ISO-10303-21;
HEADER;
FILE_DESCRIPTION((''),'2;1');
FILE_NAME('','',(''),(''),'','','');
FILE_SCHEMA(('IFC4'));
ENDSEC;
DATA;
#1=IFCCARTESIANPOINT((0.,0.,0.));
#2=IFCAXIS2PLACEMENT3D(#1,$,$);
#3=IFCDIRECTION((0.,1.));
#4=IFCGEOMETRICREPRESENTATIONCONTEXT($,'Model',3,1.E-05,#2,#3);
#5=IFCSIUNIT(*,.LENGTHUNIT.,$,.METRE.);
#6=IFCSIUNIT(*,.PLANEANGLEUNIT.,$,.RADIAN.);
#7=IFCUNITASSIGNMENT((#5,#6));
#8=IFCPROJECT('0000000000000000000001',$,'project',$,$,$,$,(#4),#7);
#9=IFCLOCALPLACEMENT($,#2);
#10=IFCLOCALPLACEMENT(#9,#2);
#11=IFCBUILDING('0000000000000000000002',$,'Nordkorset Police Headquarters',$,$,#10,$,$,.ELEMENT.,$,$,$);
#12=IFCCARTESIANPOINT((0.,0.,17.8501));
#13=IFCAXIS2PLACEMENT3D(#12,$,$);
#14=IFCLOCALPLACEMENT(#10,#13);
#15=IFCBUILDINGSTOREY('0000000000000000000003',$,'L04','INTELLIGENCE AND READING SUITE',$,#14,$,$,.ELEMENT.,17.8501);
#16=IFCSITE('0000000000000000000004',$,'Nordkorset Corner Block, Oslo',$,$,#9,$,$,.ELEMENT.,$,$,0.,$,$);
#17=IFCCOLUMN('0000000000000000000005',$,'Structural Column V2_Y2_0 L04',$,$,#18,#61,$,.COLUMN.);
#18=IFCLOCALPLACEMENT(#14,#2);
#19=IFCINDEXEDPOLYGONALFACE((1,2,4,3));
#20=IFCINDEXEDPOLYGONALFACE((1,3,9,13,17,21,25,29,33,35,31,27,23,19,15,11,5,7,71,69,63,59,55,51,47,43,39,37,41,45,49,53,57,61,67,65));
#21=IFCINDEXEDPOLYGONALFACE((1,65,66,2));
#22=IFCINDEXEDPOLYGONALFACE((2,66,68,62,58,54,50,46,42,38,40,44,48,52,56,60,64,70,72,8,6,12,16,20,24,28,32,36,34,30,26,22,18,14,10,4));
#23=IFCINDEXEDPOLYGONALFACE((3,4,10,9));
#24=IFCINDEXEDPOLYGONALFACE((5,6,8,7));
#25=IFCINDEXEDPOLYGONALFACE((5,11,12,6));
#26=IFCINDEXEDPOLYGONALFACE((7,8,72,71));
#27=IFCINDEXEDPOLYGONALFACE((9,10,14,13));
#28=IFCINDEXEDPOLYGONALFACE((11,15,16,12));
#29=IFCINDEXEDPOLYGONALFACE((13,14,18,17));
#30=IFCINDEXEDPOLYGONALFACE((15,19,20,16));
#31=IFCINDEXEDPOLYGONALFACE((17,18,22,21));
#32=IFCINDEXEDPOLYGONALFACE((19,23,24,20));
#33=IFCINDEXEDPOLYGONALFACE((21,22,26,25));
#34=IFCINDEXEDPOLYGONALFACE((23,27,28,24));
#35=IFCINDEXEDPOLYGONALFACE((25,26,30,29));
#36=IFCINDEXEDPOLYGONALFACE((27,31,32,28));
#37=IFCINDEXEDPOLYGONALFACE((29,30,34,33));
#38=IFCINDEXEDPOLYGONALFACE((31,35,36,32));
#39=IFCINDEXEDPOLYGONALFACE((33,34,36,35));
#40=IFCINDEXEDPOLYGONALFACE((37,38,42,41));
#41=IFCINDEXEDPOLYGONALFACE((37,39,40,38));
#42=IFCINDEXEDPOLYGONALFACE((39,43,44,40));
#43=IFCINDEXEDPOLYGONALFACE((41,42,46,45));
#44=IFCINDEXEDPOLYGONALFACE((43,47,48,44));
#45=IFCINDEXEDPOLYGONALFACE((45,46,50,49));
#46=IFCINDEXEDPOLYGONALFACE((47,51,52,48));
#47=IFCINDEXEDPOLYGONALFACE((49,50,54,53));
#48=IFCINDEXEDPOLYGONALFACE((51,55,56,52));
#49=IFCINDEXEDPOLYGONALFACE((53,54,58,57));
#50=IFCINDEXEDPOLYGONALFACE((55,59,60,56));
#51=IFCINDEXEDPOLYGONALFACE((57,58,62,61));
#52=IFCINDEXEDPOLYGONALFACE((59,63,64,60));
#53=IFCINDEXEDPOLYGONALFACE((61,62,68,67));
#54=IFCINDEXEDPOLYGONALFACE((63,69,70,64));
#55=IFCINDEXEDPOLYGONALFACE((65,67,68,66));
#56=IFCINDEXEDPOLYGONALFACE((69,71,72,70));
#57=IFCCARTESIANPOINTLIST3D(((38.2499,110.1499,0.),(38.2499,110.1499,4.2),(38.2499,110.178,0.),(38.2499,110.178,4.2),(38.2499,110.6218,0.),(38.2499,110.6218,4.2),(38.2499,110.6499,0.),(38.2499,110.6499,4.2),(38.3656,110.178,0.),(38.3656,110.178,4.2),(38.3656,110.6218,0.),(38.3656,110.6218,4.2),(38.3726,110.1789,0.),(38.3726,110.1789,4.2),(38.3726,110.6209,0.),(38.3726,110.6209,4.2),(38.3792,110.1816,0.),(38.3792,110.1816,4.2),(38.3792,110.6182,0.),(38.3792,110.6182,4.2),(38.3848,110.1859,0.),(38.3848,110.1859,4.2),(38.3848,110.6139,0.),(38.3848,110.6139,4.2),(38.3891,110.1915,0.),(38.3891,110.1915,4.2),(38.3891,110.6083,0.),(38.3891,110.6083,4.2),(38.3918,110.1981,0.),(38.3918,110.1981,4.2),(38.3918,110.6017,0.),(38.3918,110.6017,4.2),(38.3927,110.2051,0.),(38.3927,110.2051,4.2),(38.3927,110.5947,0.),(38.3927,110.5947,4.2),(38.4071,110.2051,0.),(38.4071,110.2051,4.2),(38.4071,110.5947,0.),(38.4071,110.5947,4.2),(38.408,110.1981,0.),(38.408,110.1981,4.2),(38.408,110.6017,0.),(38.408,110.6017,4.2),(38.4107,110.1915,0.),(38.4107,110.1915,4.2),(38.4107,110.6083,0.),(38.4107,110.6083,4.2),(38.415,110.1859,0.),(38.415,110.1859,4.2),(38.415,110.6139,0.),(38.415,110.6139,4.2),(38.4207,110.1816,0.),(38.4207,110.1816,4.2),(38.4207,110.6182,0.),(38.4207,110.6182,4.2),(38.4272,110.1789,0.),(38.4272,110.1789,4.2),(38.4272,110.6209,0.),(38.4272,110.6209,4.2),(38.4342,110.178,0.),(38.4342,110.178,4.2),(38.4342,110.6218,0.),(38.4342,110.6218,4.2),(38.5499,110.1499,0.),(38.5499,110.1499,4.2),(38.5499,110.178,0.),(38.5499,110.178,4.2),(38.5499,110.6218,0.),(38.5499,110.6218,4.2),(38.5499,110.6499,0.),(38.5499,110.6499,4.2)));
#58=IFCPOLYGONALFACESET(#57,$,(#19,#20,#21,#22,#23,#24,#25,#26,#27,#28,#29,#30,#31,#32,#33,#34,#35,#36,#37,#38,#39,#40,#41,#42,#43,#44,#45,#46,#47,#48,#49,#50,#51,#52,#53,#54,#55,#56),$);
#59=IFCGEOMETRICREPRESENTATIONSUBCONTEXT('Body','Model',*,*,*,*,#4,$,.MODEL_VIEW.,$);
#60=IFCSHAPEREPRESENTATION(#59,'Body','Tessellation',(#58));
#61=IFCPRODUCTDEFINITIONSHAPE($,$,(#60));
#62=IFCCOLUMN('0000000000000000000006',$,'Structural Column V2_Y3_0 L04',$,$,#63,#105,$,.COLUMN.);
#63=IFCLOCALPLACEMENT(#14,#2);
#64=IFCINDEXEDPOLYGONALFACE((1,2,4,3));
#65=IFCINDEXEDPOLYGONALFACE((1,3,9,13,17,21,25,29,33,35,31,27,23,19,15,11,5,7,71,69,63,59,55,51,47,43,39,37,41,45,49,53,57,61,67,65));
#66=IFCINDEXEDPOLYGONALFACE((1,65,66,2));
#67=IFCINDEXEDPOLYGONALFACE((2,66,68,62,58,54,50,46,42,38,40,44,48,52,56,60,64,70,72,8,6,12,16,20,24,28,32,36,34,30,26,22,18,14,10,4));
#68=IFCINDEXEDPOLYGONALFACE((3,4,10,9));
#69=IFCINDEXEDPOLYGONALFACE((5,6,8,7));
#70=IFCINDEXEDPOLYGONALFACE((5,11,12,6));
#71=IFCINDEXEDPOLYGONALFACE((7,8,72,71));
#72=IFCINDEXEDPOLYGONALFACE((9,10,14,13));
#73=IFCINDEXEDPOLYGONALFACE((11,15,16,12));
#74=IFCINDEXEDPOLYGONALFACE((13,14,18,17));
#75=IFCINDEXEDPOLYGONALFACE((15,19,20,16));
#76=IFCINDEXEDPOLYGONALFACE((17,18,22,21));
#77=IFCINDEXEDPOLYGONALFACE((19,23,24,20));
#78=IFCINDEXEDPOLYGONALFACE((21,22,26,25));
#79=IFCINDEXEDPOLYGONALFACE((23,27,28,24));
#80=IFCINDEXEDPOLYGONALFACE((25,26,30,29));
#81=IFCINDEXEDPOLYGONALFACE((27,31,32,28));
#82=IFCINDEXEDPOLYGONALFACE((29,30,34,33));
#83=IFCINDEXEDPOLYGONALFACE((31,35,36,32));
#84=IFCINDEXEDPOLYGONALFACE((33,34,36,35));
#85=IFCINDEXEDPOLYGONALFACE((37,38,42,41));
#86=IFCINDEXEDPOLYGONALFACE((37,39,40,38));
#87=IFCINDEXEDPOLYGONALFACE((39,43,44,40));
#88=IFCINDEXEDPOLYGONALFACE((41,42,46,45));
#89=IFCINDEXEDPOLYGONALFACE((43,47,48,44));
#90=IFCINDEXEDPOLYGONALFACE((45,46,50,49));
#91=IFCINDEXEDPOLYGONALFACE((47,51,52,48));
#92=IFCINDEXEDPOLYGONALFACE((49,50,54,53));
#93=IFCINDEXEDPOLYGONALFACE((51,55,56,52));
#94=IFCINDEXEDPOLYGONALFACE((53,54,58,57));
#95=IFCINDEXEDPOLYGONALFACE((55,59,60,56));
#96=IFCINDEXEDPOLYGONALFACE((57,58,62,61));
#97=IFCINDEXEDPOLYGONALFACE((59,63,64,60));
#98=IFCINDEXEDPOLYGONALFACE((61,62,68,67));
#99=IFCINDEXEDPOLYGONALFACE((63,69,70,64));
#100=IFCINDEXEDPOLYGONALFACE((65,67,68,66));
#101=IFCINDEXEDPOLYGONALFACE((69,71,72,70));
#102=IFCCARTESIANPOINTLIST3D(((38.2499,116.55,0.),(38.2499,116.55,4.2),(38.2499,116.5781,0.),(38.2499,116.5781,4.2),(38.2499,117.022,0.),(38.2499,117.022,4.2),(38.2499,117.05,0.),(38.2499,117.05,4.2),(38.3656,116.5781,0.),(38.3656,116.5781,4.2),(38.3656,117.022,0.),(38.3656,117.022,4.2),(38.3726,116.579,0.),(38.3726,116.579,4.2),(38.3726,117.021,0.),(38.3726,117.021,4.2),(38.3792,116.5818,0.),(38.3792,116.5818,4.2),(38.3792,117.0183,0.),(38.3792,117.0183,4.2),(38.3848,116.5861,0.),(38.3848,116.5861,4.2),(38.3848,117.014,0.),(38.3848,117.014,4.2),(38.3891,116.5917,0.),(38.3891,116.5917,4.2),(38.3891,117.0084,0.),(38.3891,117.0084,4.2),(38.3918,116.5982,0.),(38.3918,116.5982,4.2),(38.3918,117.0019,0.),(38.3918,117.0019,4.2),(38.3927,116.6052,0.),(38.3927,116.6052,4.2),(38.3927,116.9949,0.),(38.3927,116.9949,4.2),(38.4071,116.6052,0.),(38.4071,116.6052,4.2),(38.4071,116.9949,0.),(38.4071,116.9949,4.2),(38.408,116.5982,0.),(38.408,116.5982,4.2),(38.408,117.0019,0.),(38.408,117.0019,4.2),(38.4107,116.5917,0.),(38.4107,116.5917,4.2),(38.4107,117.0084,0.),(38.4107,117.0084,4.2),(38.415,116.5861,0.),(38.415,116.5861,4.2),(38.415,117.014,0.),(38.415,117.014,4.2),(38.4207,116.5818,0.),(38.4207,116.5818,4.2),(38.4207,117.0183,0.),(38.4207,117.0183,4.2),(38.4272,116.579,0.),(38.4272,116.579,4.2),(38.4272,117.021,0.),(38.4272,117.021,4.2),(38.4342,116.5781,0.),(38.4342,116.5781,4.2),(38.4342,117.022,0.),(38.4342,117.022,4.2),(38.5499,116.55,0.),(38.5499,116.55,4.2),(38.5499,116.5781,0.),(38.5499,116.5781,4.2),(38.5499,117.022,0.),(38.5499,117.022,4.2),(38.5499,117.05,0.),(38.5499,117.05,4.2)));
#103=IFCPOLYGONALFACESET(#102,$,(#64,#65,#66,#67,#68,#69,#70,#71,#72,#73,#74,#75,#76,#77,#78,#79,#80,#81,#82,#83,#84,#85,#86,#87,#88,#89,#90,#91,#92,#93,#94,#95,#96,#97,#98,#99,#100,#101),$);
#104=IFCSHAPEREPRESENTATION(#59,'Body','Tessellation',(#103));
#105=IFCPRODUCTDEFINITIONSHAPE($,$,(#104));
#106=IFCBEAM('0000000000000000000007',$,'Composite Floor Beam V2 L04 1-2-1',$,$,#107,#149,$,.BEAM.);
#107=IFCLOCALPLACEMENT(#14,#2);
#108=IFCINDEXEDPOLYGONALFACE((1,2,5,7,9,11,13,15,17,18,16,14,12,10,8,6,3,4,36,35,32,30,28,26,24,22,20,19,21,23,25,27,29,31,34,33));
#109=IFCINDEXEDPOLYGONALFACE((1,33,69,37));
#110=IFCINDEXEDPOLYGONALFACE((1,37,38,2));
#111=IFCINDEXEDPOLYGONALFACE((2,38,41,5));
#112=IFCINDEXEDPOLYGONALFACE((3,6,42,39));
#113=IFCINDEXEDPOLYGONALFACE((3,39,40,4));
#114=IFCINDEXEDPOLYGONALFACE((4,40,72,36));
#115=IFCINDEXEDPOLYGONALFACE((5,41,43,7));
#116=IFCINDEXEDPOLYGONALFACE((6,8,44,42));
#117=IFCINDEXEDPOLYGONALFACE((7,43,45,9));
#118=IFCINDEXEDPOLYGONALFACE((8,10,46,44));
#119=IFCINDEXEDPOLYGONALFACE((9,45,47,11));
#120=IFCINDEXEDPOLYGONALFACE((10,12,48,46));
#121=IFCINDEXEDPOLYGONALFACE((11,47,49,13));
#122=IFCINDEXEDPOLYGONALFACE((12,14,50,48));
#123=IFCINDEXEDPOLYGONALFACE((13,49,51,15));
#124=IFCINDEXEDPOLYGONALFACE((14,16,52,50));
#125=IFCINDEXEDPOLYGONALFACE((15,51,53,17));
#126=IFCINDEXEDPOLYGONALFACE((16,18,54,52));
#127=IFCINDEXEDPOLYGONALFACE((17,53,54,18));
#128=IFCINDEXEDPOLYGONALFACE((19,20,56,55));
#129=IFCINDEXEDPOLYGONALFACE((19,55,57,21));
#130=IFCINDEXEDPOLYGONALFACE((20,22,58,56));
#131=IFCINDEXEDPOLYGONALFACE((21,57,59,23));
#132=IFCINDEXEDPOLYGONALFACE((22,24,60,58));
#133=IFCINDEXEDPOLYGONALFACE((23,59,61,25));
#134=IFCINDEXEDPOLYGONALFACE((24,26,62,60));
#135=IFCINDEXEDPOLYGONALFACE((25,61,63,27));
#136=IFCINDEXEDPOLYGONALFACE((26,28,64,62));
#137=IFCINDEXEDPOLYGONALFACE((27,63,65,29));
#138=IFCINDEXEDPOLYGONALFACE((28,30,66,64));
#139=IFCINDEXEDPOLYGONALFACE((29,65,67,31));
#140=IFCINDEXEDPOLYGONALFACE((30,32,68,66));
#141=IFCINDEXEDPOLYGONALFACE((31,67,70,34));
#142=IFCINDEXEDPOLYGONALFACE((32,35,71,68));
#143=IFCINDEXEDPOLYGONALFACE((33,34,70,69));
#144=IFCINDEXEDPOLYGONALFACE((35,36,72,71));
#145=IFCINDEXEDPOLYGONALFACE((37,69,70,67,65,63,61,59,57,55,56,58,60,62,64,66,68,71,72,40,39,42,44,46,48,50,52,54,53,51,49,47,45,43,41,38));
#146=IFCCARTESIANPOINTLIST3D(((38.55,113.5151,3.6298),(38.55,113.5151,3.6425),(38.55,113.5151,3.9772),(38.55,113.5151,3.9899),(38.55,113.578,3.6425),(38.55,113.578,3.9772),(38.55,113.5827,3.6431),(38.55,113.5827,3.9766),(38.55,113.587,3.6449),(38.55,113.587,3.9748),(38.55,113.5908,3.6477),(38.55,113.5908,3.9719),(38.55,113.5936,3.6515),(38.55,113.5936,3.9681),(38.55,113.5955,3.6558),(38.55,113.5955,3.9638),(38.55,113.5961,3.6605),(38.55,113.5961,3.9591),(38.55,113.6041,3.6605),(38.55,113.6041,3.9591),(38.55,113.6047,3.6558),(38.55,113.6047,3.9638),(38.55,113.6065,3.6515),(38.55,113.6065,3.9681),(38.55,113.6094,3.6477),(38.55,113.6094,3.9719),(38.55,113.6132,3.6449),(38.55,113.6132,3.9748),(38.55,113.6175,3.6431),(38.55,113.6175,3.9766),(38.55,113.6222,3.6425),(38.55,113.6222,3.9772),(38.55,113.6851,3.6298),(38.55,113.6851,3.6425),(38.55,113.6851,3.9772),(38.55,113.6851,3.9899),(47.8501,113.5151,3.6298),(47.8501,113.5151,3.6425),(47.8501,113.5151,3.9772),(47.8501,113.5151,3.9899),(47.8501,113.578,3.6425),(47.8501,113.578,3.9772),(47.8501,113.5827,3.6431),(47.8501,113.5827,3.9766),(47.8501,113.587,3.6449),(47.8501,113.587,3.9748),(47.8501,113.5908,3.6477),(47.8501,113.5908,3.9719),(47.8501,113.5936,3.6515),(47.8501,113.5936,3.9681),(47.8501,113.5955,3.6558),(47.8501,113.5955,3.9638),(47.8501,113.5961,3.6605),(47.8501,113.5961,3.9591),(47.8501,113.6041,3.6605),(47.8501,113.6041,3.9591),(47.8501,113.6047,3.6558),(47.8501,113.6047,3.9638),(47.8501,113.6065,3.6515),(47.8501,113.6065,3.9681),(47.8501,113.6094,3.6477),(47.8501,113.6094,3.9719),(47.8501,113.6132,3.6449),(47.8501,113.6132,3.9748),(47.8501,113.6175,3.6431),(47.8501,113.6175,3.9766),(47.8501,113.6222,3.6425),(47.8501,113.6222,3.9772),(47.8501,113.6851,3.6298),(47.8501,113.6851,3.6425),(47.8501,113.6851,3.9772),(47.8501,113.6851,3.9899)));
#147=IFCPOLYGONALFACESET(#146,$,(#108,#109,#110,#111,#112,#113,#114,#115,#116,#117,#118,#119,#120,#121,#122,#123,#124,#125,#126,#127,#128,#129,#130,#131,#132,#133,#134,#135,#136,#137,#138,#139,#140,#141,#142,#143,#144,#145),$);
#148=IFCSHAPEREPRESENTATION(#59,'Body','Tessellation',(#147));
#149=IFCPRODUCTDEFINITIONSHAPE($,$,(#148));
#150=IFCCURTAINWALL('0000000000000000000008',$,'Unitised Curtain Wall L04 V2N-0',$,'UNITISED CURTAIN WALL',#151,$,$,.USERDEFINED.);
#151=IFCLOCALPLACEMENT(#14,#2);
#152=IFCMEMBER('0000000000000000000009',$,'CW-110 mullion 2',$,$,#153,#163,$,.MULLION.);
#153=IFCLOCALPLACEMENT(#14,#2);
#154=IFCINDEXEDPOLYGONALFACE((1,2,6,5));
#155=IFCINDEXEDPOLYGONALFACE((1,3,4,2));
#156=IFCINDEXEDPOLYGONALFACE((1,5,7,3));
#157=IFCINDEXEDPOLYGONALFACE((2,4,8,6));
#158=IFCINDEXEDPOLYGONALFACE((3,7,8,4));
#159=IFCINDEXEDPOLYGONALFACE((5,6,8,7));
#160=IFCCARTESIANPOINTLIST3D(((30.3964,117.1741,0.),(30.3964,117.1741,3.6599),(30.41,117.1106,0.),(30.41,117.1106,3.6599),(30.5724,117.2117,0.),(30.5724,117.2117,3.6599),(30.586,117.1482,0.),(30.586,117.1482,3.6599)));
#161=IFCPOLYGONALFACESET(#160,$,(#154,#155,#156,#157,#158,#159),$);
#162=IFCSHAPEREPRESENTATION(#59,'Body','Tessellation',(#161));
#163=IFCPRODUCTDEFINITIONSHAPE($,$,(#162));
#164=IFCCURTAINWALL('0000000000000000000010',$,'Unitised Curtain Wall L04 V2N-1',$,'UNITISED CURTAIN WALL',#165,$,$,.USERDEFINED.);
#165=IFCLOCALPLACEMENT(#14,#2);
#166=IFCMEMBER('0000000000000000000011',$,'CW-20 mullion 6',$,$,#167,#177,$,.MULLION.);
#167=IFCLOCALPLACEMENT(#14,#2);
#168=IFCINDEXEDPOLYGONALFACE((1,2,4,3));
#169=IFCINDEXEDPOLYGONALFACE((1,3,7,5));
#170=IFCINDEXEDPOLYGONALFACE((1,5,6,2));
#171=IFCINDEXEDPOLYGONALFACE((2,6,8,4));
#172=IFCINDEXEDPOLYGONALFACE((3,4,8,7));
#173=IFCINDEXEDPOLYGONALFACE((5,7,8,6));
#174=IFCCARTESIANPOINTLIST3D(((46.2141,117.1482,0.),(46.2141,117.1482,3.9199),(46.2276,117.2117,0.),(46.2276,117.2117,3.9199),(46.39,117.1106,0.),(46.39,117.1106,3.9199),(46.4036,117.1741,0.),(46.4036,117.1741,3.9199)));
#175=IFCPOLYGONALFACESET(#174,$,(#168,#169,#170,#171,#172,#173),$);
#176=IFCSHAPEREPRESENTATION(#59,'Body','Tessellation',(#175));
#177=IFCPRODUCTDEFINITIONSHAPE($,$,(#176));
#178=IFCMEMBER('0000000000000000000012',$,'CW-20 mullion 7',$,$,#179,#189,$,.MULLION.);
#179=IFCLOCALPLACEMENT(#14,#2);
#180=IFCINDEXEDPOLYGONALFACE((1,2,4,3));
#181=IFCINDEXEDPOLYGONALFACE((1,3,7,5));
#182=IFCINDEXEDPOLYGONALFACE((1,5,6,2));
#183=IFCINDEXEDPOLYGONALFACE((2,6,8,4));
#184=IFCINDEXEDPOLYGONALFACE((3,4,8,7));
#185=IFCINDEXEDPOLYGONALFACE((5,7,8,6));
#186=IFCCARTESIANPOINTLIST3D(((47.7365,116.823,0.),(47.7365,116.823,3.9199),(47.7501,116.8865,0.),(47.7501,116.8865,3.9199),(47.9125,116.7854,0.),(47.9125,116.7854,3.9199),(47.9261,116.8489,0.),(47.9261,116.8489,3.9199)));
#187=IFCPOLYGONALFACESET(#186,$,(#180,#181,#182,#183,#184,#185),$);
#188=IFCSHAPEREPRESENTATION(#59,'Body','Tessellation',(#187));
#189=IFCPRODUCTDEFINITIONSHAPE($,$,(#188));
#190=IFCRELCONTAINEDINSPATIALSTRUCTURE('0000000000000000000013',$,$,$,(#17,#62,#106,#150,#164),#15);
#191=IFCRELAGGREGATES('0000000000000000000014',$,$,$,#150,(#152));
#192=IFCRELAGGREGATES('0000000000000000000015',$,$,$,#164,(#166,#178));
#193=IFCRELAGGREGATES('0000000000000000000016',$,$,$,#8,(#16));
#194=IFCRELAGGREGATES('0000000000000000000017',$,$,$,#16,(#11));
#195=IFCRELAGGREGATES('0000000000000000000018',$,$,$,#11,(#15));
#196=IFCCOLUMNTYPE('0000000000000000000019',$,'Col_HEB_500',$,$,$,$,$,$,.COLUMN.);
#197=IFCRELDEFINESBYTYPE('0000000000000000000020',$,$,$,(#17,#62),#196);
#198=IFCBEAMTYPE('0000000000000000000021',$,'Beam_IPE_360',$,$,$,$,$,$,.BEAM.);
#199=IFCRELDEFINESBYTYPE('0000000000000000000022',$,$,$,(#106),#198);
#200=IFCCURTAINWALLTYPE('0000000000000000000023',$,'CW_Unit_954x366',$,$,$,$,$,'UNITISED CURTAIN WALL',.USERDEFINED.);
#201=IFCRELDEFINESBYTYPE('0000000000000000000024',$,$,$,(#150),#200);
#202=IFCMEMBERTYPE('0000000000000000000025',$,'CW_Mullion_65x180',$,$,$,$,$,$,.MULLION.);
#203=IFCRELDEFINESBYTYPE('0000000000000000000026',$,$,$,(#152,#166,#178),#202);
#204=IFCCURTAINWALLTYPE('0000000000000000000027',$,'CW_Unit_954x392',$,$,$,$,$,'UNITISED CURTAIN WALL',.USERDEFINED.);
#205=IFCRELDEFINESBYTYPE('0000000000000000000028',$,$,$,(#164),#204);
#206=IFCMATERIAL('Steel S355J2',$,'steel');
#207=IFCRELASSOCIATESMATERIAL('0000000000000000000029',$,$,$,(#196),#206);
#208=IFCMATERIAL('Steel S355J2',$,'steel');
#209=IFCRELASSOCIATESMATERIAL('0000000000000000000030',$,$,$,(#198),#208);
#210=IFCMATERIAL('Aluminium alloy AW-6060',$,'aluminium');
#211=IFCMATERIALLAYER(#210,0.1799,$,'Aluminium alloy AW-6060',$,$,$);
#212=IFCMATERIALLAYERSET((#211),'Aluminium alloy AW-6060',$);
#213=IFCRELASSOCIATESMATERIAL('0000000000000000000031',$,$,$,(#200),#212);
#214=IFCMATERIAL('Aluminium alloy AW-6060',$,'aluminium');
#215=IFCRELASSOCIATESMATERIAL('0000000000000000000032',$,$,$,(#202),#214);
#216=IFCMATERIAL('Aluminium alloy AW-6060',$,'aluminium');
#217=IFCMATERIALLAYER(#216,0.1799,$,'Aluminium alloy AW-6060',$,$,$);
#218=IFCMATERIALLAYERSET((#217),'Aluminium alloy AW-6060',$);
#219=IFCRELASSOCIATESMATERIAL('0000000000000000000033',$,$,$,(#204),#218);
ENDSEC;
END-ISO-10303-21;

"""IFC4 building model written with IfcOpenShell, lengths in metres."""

from ifc_helpers import new_model, si_unit, direction, frame, origin, origin_2d, place, context, subcontext, project, spatial, rectangle, i_section, extrude, material, layer, layer_set, material_profile, profile_set, type_object, element, aggregate, save


model = new_model("IFC4")

# Units and contexts
model_context = context("Model", 3, precision=1e-05, world=origin(), true_north=direction((0.0, 1.0)))
body_context = subcontext(model_context, "Body", "Model", "MODEL_VIEW")
ifc_project = project(units=[si_unit("LENGTHUNIT", "METRE"), si_unit("PLANEANGLEUNIT", "RADIAN")], contexts=[model_context])

# Site, building, storey
site_placement = place(None, origin())
site = spatial("IfcSite", under=ifc_project, at=site_placement, Name="Nordkorset Corner Block, Oslo", CompositionType="ELEMENT", RefElevation=0.0)
building_placement = place(site_placement, origin())
building = spatial("IfcBuilding", under=site, at=building_placement, Name="Nordkorset Police Headquarters", CompositionType="ELEMENT")
storey_placement = place(building_placement, frame((0.0, 0.0, 17.8501)))
storey = spatial("IfcBuildingStorey", under=building, at=storey_placement, Name="L04", Description="INTELLIGENCE AND READING SUITE", CompositionType="ELEMENT", Elevation=17.8501)

# Columns
ifc_material_1 = material(Name="Steel S355J2", Category="steel")
ifc_material_profile_1 = material_profile(ifc_material_1, i_section(OverallWidth=0.3, OverallDepth=0.5, WebThickness=0.0144, FlangeThickness=0.0281, FilletRadius=0.0271, at=origin_2d()), Name="HEB 500")
ifc_profile_set_1 = profile_set([ifc_material_profile_1], Name="Steel S355J2")
column_type = type_object("IfcColumnType", Name="Col_HEB_500", PredefinedType="COLUMN", material=ifc_profile_set_1)
for number, where, z_axis, x_axis, name in (
    (1, (38.3999, 110.3999, 0.0), (0.0, 0.0, 1.0), (1.0, 0.0, 0.0), "Structural Column V2_Y2_0 L04"),
    (2, (38.3999, 116.8, 0.0), (0.0, 0.0, 1.0), (1.0, 0.0, 0.0), "Structural Column V2_Y3_0 L04"),
):
    element("IfcColumn", number, at=place(storey_placement, frame(where, z_axis=z_axis, x_axis=x_axis)), inside=storey, type_object=column_type, Name=name, PredefinedType="COLUMN", context=body_context, shape_type="SweptSolid", body=[
        extrude(i_section(OverallWidth=0.3, OverallDepth=0.5, WebThickness=0.0144, FlangeThickness=0.0281, FilletRadius=0.0271, at=origin_2d()), origin(), (0.0, 0.0, 1.0), 4.2),
    ])

# Beam
ifc_material_2 = material(Name="Steel S355J2", Category="steel")
ifc_material_profile_2 = material_profile(ifc_material_2, i_section(OverallWidth=0.1699, OverallDepth=0.3601, WebThickness=0.0081, FlangeThickness=0.0127, FilletRadius=0.0181, at=origin_2d()), Name="IPE 360")
ifc_profile_set_2 = profile_set([ifc_material_profile_2], Name="Steel S355J2")
beam_type_1 = type_object("IfcBeamType", Name="Beam_IPE_360", PredefinedType="BEAM", material=ifc_profile_set_2)
beam_1_placement = place(storey_placement, frame((38.55, 113.6001, 3.8098), z_axis=(1.0, 0.0, 0.0), x_axis=(0.0, 1.0, 0.0)))
element("IfcBeam", 3, at=beam_1_placement, inside=storey, type_object=beam_type_1, Name="Composite Floor Beam V2 L04 1-2-1", PredefinedType="BEAM", context=body_context, shape_type="SweptSolid", body=[
    extrude(i_section(OverallWidth=0.1699, OverallDepth=0.3601, WebThickness=0.0081, FlangeThickness=0.0127, FilletRadius=0.0181, at=origin_2d()), origin(), (0.0, 0.0, 1.0), 9.3),
])

# Curtain wall, member
ifc_material_3 = material(Name="Aluminium alloy AW-6060", Category="aluminium")
ifc_layer_1 = layer(ifc_material_3, 0.1799, Name="Aluminium alloy AW-6060")
ifc_layer_set_1 = layer_set([ifc_layer_1], Name="Aluminium alloy AW-6060")
curtain_wall_type_1 = type_object("IfcCurtainWallType", Name="CW_Unit_954x366", ElementType="UNITISED CURTAIN WALL", PredefinedType="USERDEFINED", material=ifc_layer_set_1)
curtain_wall_1_placement = place(storey_placement, origin())
curtain_wall_1 = element("IfcCurtainWall", 4, at=curtain_wall_1_placement, inside=storey, type_object=curtain_wall_type_1, Name="Unitised Curtain Wall L04 V2N-0", ObjectType="UNITISED CURTAIN WALL", PredefinedType="USERDEFINED")
ifc_material_4 = material(Name="Aluminium alloy AW-6060", Category="aluminium")
ifc_material_profile_3 = material_profile(ifc_material_4, rectangle(XDim=0.0649, YDim=0.1799, at=origin_2d()), Name="ALU MULL 65x180")
ifc_profile_set_3 = profile_set([ifc_material_profile_3], Name="Aluminium alloy AW-6060")
member_type_1 = type_object("IfcMemberType", Name="CW_Mullion_65x180", PredefinedType="MULLION", material=ifc_profile_set_3)
member_1_placement = place(storey_placement, frame((30.4912, 117.1611, 0.0), z_axis=(0.0, 0.0, 1.0), x_axis=(-0.208833, 0.977951, 0.0)))
member_1 = element("IfcMember", 5, at=member_1_placement, type_object=member_type_1, Name="CW-110 mullion 2", PredefinedType="MULLION", context=body_context, shape_type="SweptSolid", body=[
    extrude(rectangle(XDim=0.0649, YDim=0.1799, at=origin_2d()), origin(), (0.0, 0.0, 1.0), 3.6599),
])

# Curtain wall, members
ifc_material_5 = material(Name="Aluminium alloy AW-6060", Category="aluminium")
ifc_layer_2 = layer(ifc_material_5, 0.1799, Name="Aluminium alloy AW-6060")
ifc_layer_set_2 = layer_set([ifc_layer_2], Name="Aluminium alloy AW-6060")
curtain_wall_type_2 = type_object("IfcCurtainWallType", Name="CW_Unit_954x392", ElementType="UNITISED CURTAIN WALL", PredefinedType="USERDEFINED", material=ifc_layer_set_2)
curtain_wall_2_placement = place(storey_placement, origin())
curtain_wall_2 = element("IfcCurtainWall", 6, at=curtain_wall_2_placement, inside=storey, type_object=curtain_wall_type_2, Name="Unitised Curtain Wall L04 V2N-1", ObjectType="UNITISED CURTAIN WALL", PredefinedType="USERDEFINED")
member_2_placement = place(storey_placement, frame((46.3088, 117.1611, 0.0), z_axis=(0.0, 0.0, 1.0), x_axis=(0.208833, 0.977951, 0.0)))
member_2 = element("IfcMember", 7, at=member_2_placement, type_object=member_type_1, Name="CW-20 mullion 6", PredefinedType="MULLION", context=body_context, shape_type="SweptSolid", body=[
    extrude(rectangle(XDim=0.0649, YDim=0.1799, at=origin_2d()), origin(), (0.0, 0.0, 1.0), 3.9199),
])
member_3_placement = place(storey_placement, frame((47.8313, 116.8359, 0.0), z_axis=(0.0, 0.0, 1.0), x_axis=(0.208833, 0.977951, 0.0)))
member_3 = element("IfcMember", 8, at=member_3_placement, type_object=member_type_1, Name="CW-20 mullion 7", PredefinedType="MULLION", context=body_context, shape_type="SweptSolid", body=[
    extrude(rectangle(XDim=0.0649, YDim=0.1799, at=origin_2d()), origin(), (0.0, 0.0, 1.0), 3.9199),
])

aggregate(curtain_wall_1, [member_1])
aggregate(curtain_wall_2, [member_2, member_3])

save(model, "model.ifc")
